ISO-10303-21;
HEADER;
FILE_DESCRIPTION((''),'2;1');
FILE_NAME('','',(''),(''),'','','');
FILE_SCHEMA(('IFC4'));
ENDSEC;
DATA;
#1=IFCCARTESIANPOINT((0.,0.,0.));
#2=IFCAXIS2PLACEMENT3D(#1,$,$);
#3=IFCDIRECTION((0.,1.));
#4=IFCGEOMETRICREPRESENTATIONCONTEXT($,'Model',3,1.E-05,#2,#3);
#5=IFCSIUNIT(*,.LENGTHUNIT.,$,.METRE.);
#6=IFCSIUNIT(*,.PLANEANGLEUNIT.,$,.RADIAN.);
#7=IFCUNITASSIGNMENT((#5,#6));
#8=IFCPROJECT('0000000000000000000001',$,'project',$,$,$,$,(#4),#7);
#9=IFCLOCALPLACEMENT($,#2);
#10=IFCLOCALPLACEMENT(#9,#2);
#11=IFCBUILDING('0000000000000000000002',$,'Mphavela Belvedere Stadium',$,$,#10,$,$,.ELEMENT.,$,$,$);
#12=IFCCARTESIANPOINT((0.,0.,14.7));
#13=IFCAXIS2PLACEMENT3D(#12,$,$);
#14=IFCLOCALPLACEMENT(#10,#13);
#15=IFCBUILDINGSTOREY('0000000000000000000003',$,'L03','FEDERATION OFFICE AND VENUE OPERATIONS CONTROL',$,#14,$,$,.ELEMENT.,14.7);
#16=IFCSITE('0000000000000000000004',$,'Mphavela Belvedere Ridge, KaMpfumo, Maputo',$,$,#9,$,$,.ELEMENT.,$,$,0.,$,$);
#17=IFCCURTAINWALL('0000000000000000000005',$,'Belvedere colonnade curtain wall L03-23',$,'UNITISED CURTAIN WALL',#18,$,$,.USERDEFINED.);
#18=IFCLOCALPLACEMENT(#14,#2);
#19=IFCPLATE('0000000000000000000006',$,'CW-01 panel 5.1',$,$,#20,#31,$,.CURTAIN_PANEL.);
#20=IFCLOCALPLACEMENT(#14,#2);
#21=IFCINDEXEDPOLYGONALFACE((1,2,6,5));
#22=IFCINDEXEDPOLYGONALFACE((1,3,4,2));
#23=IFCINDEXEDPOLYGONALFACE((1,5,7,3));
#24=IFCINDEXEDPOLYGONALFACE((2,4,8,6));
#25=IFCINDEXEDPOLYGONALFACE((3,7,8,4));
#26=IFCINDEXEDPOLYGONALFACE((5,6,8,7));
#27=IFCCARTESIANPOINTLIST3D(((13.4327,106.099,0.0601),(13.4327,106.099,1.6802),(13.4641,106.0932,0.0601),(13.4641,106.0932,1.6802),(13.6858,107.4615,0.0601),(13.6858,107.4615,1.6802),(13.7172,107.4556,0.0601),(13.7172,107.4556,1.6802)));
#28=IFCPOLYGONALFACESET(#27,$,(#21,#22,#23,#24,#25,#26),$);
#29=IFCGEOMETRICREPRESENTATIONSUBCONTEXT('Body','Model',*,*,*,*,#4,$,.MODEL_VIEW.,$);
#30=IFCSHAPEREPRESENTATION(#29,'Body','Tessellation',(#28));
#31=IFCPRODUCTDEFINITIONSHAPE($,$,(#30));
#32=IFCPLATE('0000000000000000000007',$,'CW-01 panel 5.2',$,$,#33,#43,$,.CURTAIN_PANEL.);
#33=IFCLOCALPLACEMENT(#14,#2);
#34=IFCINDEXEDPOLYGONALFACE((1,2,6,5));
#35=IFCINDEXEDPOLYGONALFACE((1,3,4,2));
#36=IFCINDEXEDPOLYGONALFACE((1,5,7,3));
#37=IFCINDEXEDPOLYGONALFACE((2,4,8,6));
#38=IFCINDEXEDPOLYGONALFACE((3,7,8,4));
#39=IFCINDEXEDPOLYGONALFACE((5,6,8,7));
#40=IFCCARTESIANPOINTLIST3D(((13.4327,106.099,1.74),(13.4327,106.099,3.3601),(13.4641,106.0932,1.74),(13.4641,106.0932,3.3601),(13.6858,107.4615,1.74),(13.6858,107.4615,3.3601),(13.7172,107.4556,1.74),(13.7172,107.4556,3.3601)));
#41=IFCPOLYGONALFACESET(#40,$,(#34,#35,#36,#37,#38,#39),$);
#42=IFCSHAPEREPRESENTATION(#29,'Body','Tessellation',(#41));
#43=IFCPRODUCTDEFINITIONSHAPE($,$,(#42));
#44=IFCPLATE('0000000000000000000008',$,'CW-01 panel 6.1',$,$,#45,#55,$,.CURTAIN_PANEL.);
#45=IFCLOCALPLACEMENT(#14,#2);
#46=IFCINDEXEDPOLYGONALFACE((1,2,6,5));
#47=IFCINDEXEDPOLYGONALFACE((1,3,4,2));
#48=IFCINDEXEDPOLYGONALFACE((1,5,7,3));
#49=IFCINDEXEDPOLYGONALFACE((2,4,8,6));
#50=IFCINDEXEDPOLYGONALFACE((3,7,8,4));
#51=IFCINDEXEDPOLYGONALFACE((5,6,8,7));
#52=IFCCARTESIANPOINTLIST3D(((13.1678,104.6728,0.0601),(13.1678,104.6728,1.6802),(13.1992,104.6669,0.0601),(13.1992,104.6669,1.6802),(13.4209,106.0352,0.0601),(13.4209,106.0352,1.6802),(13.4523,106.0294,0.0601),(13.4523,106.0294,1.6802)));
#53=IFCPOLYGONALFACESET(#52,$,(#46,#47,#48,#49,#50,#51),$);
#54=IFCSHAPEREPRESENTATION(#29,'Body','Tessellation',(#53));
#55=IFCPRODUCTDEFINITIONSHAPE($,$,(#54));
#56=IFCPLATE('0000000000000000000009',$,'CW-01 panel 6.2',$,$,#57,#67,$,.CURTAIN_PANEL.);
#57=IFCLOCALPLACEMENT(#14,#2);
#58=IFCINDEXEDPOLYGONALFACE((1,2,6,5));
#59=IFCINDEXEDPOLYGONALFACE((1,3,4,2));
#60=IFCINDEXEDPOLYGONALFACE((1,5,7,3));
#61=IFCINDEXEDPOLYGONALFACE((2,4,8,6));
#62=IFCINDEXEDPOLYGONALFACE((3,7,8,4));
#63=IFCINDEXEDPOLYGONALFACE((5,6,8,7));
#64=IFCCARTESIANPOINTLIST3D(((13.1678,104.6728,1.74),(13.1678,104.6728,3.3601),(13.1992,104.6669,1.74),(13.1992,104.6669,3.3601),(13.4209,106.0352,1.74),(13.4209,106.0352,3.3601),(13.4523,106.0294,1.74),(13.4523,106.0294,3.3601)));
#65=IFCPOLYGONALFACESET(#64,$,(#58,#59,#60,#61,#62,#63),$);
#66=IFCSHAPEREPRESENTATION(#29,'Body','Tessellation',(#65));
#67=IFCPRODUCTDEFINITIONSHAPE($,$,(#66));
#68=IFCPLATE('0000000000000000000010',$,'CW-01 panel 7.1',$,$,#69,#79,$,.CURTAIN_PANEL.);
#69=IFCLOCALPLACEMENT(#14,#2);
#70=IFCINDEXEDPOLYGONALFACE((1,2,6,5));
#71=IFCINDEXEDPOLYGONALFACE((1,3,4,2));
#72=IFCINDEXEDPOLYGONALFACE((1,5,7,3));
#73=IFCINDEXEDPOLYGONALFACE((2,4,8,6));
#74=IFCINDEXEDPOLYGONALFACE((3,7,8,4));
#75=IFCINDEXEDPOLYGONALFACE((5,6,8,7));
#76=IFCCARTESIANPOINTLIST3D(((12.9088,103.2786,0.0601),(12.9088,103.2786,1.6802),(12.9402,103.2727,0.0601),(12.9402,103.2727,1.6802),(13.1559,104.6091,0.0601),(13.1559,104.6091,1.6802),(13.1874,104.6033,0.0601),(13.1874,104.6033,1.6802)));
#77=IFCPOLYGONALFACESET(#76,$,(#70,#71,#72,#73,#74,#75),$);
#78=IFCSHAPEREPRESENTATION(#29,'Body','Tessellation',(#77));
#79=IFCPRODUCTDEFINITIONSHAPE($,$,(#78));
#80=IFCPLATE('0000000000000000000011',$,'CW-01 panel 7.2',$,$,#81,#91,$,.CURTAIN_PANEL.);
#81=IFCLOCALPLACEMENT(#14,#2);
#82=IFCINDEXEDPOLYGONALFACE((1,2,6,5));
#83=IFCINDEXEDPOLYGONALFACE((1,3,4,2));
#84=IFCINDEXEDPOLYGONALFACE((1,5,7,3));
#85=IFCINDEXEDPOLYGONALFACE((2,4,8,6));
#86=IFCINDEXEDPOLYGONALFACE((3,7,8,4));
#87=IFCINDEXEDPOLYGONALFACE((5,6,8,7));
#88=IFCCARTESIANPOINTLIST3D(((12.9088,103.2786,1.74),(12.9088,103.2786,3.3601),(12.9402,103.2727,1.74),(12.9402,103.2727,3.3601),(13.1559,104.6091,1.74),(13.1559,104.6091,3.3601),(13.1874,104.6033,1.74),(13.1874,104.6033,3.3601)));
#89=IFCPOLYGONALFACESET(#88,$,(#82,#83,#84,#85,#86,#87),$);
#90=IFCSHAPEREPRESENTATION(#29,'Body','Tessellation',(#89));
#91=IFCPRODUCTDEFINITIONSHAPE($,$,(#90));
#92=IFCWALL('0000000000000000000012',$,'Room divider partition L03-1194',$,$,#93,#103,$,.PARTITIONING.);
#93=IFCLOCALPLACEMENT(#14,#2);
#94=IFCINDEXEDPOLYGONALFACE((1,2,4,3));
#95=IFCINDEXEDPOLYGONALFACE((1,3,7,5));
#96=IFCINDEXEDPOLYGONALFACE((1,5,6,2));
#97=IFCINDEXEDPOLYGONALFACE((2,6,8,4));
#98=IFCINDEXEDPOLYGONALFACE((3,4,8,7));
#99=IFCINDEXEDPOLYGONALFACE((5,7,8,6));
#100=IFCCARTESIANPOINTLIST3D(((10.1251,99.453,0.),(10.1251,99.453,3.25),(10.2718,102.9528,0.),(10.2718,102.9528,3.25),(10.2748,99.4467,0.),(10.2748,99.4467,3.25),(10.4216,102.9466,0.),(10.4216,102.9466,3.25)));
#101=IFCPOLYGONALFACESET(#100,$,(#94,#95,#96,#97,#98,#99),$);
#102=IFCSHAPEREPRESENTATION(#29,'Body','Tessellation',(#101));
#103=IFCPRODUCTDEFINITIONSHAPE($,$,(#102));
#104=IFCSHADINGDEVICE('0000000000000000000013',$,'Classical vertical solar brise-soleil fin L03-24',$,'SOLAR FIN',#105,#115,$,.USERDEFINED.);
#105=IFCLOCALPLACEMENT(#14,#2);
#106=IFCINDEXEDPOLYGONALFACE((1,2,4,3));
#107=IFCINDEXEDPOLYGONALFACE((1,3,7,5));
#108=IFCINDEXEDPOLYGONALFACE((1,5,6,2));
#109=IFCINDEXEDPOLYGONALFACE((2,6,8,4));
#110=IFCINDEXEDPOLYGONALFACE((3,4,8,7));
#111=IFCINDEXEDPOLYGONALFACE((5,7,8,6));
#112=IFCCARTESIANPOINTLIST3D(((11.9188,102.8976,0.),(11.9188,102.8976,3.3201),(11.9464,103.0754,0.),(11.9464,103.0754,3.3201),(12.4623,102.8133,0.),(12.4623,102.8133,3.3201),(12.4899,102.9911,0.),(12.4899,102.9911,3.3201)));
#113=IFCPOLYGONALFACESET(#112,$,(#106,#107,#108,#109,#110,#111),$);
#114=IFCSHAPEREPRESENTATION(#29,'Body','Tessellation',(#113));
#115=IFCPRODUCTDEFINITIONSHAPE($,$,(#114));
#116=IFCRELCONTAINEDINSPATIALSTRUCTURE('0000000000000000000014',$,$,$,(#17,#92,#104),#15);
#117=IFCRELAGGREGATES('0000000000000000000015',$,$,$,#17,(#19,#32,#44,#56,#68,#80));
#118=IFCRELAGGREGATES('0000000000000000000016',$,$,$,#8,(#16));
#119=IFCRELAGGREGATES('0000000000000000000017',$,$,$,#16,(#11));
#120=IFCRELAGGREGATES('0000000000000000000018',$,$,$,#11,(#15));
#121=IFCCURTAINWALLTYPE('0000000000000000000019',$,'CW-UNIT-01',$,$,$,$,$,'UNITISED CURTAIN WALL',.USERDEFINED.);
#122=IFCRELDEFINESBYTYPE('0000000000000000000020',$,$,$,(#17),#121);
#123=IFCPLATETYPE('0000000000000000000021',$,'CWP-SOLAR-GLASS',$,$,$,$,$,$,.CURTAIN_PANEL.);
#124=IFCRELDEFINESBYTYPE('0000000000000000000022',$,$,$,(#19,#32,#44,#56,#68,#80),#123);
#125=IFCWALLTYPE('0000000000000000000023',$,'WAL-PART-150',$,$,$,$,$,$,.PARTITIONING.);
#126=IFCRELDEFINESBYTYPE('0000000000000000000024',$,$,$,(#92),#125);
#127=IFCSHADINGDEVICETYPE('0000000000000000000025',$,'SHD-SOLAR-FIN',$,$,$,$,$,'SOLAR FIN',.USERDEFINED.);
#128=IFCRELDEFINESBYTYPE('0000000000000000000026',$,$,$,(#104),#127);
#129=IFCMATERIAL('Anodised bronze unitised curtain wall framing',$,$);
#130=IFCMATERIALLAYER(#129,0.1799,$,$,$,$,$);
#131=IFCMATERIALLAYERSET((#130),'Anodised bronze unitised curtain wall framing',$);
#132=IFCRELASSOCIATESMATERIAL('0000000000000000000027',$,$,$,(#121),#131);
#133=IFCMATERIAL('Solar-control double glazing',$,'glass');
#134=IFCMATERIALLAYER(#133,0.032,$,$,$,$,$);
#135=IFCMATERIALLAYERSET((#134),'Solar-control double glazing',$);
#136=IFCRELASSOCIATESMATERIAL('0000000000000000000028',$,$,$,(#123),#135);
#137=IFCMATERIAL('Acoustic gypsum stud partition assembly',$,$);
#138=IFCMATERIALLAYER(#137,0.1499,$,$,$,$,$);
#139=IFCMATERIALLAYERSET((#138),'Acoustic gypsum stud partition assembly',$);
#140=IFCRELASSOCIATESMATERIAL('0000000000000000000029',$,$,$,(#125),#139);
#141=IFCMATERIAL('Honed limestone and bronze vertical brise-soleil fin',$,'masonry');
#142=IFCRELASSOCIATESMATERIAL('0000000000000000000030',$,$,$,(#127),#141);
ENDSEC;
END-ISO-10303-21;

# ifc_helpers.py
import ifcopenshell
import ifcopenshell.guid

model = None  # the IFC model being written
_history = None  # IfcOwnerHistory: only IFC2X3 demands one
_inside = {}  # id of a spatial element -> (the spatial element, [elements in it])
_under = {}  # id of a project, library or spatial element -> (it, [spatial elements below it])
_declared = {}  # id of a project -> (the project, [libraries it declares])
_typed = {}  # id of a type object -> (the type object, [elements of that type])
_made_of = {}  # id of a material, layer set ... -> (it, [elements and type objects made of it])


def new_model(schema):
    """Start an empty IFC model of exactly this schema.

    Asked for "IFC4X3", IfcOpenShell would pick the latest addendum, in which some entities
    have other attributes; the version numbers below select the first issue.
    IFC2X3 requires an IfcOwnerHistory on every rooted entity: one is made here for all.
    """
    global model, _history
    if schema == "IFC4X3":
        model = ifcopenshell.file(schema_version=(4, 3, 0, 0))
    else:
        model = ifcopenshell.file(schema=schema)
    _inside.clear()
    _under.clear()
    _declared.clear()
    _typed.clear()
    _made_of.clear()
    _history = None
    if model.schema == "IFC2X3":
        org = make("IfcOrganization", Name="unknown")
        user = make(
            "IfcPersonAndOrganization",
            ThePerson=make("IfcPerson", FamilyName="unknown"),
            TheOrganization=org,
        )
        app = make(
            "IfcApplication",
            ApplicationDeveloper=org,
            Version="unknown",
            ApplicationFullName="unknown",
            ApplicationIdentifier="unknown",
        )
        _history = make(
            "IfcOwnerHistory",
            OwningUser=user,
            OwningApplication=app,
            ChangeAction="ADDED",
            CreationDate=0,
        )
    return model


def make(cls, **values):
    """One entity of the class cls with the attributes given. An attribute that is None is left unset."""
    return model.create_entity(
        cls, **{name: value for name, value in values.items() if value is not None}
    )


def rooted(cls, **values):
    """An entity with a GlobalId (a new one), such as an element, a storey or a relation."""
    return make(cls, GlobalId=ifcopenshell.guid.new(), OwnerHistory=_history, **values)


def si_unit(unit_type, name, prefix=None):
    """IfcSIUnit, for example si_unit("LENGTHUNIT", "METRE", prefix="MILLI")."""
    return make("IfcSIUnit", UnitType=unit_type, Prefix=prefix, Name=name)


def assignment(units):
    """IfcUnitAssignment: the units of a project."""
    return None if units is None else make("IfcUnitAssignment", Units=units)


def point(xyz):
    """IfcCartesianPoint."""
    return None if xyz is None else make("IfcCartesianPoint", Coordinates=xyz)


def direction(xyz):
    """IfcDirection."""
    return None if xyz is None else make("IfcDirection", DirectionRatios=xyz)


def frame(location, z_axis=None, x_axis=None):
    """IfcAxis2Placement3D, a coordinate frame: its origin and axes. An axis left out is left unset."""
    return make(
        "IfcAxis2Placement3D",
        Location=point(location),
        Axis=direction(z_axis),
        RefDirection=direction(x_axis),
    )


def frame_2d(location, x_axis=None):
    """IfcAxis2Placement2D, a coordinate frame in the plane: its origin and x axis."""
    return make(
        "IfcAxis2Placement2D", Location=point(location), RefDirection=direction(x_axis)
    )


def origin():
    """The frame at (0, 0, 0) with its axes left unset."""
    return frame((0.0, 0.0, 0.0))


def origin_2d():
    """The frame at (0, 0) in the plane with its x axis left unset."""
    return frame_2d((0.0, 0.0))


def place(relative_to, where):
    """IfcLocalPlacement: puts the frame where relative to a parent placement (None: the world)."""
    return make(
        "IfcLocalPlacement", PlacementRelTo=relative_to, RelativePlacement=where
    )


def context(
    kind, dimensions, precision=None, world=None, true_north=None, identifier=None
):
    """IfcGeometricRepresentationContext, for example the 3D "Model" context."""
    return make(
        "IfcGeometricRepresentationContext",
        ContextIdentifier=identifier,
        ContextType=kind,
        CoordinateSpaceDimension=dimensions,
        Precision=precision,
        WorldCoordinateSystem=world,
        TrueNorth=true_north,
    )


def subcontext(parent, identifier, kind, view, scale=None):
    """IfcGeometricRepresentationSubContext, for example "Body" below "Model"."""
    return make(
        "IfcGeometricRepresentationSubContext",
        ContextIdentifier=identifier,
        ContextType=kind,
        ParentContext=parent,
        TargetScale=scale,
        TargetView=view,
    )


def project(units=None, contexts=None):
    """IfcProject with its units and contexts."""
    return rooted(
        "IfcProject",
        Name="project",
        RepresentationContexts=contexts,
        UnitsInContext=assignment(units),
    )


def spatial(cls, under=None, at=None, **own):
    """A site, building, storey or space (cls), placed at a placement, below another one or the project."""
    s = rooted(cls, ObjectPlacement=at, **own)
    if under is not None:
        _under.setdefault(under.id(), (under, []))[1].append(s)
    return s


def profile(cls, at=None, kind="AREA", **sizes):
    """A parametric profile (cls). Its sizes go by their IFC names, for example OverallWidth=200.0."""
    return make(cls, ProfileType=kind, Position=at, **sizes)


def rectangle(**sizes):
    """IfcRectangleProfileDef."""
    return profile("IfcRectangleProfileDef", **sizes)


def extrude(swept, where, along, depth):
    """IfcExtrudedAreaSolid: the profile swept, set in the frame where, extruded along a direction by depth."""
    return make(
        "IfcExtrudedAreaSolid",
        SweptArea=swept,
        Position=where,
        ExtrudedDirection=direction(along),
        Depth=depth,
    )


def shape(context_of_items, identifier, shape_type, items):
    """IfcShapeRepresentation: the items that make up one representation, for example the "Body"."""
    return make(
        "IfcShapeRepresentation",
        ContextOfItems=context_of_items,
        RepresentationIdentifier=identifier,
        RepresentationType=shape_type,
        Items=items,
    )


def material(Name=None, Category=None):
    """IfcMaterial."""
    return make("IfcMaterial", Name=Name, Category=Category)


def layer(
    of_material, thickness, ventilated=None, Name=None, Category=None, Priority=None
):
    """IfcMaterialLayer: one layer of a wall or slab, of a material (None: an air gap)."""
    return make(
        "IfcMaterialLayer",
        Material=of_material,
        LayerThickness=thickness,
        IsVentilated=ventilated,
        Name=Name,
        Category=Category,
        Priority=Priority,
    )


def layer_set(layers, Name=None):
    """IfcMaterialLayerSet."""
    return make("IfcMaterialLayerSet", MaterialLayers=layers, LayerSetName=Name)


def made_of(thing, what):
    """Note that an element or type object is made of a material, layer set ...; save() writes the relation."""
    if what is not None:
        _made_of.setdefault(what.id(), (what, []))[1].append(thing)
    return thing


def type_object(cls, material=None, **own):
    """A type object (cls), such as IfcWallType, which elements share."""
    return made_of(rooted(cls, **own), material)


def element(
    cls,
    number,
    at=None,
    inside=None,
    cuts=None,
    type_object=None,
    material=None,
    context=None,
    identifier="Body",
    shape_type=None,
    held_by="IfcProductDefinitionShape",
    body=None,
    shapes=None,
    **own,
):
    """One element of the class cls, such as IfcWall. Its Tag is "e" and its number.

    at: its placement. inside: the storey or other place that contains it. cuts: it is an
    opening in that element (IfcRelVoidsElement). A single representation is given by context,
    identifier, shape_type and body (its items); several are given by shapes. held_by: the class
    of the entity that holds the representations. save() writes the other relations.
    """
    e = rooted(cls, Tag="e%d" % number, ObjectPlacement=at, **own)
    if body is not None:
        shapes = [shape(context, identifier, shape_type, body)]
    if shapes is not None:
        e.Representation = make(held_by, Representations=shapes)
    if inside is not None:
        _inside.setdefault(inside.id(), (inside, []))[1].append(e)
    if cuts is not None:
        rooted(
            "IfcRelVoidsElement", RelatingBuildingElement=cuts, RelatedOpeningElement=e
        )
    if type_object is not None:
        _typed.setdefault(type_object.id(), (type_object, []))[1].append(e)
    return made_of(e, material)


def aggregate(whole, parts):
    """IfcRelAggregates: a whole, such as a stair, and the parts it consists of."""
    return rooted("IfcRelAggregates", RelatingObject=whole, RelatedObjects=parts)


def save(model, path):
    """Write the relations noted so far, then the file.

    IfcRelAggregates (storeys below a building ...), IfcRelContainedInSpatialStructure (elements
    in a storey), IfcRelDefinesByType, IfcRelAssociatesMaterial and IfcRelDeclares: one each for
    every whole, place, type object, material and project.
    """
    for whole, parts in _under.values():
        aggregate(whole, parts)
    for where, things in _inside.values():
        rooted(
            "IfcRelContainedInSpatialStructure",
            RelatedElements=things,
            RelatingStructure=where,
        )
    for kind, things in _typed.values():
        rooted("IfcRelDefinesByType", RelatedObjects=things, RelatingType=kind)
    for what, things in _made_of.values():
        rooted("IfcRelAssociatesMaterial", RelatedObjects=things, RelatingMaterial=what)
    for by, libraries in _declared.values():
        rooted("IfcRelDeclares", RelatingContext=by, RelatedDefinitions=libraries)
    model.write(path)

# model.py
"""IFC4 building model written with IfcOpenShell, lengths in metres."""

from ifc_helpers import new_model, si_unit, direction, frame, frame_2d, origin, origin_2d, place, context, subcontext, project, spatial, rectangle, extrude, material, layer, layer_set, type_object, element, aggregate, save


model = new_model("IFC4")

# Units and contexts
model_context = context("Model", 3, precision=1e-05, world=origin(), true_north=direction((0.0, 1.0)))
body_context = subcontext(model_context, "Body", "Model", "MODEL_VIEW")
ifc_project = project(units=[si_unit("LENGTHUNIT", "METRE"), si_unit("PLANEANGLEUNIT", "RADIAN")], contexts=[model_context])

# Site, building, storey
site_placement = place(None, origin())
site = spatial("IfcSite", under=ifc_project, at=site_placement, Name="Mphavela Belvedere Ridge, KaMpfumo, Maputo", CompositionType="ELEMENT", RefElevation=0.0)
building_placement = place(site_placement, origin())
building = spatial("IfcBuilding", under=site, at=building_placement, Name="Mphavela Belvedere Stadium", CompositionType="ELEMENT")
storey_placement = place(building_placement, frame((0.0, 0.0, 14.7)))
storey = spatial("IfcBuildingStorey", under=building, at=storey_placement, Name="L03", Description="FEDERATION OFFICE AND VENUE OPERATIONS CONTROL", CompositionType="ELEMENT", Elevation=14.7)

# Curtain wall, plates
ifc_material_1 = material(Name="Anodised bronze unitised curtain wall framing")
ifc_layer_1 = layer(ifc_material_1, 0.1799)
ifc_layer_set_1 = layer_set([ifc_layer_1], Name="Anodised bronze unitised curtain wall framing")
curtain_wall_type = type_object("IfcCurtainWallType", Name="CW-UNIT-01", ElementType="UNITISED CURTAIN WALL", PredefinedType="USERDEFINED", material=ifc_layer_set_1)
curtain_wall_placement = place(storey_placement, origin())
curtain_wall = element("IfcCurtainWall", 1, at=curtain_wall_placement, inside=storey, type_object=curtain_wall_type, Name="Belvedere colonnade curtain wall L03-23", ObjectType="UNITISED CURTAIN WALL", PredefinedType="USERDEFINED")
ifc_material_2 = material(Name="Solar-control double glazing", Category="glass")
ifc_layer_2 = layer(ifc_material_2, 0.032)
ifc_layer_set_2 = layer_set([ifc_layer_2], Name="Solar-control double glazing")
plate_type = type_object("IfcPlateType", Name="CWP-SOLAR-GLASS", PredefinedType="CURTAIN_PANEL", material=ifc_layer_set_2)
plate_1_placement = place(storey_placement, frame((13.575, 106.7773, 0.0601), z_axis=(0.0, 0.0, 1.0), x_axis=(-0.182631, -0.983181, 0.0)))
plate_1 = element("IfcPlate", 2, at=plate_1_placement, type_object=plate_type, Name="CW-01 panel 5.1", PredefinedType="CURTAIN_PANEL", context=body_context, shape_type="SweptSolid", body=[
    extrude(rectangle(XDim=1.3857, YDim=0.032, at=origin_2d()), origin(), (0.0, 0.0, 1.0), 1.6201),
])
plate_2_placement = place(storey_placement, frame((13.575, 106.7773, 1.74), z_axis=(0.0, 0.0, 1.0), x_axis=(-0.182631, -0.983181, 0.0)))
plate_2 = element("IfcPlate", 3, at=plate_2_placement, type_object=plate_type, Name="CW-01 panel 5.2", PredefinedType="CURTAIN_PANEL", context=body_context, shape_type="SweptSolid", body=[
    extrude(rectangle(XDim=1.3857, YDim=0.032, at=origin_2d()), origin(), (0.0, 0.0, 1.0), 1.6201),
])
plate_3_placement = place(storey_placement, frame((13.3101, 105.3511, 0.0601), z_axis=(0.0, 0.0, 1.0), x_axis=(-0.182631, -0.983181, 0.0)))
plate_3 = element("IfcPlate", 4, at=plate_3_placement, type_object=plate_type, Name="CW-01 panel 6.1", PredefinedType="CURTAIN_PANEL", context=body_context, shape_type="SweptSolid", body=[
    extrude(rectangle(XDim=1.3857, YDim=0.032, at=origin_2d()), origin(), (0.0, 0.0, 1.0), 1.6201),
])
plate_4_placement = place(storey_placement, frame((13.3101, 105.3511, 1.74), z_axis=(0.0, 0.0, 1.0), x_axis=(-0.182631, -0.983181, 0.0)))
plate_4 = element("IfcPlate", 5, at=plate_4_placement, type_object=plate_type, Name="CW-01 panel 6.2", PredefinedType="CURTAIN_PANEL", context=body_context, shape_type="SweptSolid", body=[
    extrude(rectangle(XDim=1.3857, YDim=0.032, at=origin_2d()), origin(), (0.0, 0.0, 1.0), 1.6201),
])
plate_5_placement = place(storey_placement, frame((13.0481, 103.9409, 0.0601), z_axis=(0.0, 0.0, 1.0), x_axis=(-0.182631, -0.983181, 0.0)))
plate_5 = element("IfcPlate", 6, at=plate_5_placement, type_object=plate_type, Name="CW-01 panel 7.1", PredefinedType="CURTAIN_PANEL", context=body_context, shape_type="SweptSolid", body=[
    extrude(rectangle(XDim=1.3533, YDim=0.032, at=origin_2d()), origin(), (0.0, 0.0, 1.0), 1.6201),
])
plate_6_placement = place(storey_placement, frame((13.0481, 103.9409, 1.74), z_axis=(0.0, 0.0, 1.0), x_axis=(-0.182631, -0.983181, 0.0)))
plate_6 = element("IfcPlate", 7, at=plate_6_placement, type_object=plate_type, Name="CW-01 panel 7.2", PredefinedType="CURTAIN_PANEL", context=body_context, shape_type="SweptSolid", body=[
    extrude(rectangle(XDim=1.3533, YDim=0.032, at=origin_2d()), origin(), (0.0, 0.0, 1.0), 1.6201),
])
aggregate(curtain_wall, [plate_1, plate_2, plate_3, plate_4, plate_5, plate_6])

# Wall
ifc_material_3 = material(Name="Acoustic gypsum stud partition assembly")
ifc_layer_3 = layer(ifc_material_3, 0.1499)
ifc_layer_set_3 = layer_set([ifc_layer_3], Name="Acoustic gypsum stud partition assembly")
wall_type = type_object("IfcWallType", Name="WAL-PART-150", PredefinedType="PARTITIONING", material=ifc_layer_set_3)
wall_placement = place(storey_placement, frame((10.3467, 102.9497, 0.0), z_axis=(0.0, 0.0, 1.0), x_axis=(-0.041889, -0.999122, 0.0)))
element("IfcWall", 8, at=wall_placement, inside=storey, type_object=wall_type, Name="Room divider partition L03-1194", PredefinedType="PARTITIONING", context=body_context, shape_type="SweptSolid", body=[
    extrude(rectangle(XDim=3.5029, YDim=0.1499, at=frame_2d((1.7515, 0.0))), origin(), (0.0, 0.0, 1.0), 3.25),
])

# Shading device
ifc_material_4 = material(Name="Honed limestone and bronze vertical brise-soleil fin", Category="masonry")
shading_device_type = type_object("IfcShadingDeviceType", Name="SHD-SOLAR-FIN", ElementType="SOLAR FIN", PredefinedType="USERDEFINED", material=ifc_material_4)
shading_device_placement = place(storey_placement, frame((12.2043, 102.9443, 0.0), z_axis=(0.0, 0.0, 1.0), x_axis=(-0.988175, 0.153331, 0.0)))
element("IfcShadingDevice", 9, at=shading_device_placement, inside=storey, type_object=shading_device_type, Name="Classical vertical solar brise-soleil fin L03-24", ObjectType="SOLAR FIN", PredefinedType="USERDEFINED", context=body_context, shape_type="SweptSolid", body=[
    extrude(rectangle(XDim=0.55, YDim=0.1799, at=origin_2d()), origin(), (0.0, 0.0, 1.0), 3.3201),
])

save(model, "model.ifc")
